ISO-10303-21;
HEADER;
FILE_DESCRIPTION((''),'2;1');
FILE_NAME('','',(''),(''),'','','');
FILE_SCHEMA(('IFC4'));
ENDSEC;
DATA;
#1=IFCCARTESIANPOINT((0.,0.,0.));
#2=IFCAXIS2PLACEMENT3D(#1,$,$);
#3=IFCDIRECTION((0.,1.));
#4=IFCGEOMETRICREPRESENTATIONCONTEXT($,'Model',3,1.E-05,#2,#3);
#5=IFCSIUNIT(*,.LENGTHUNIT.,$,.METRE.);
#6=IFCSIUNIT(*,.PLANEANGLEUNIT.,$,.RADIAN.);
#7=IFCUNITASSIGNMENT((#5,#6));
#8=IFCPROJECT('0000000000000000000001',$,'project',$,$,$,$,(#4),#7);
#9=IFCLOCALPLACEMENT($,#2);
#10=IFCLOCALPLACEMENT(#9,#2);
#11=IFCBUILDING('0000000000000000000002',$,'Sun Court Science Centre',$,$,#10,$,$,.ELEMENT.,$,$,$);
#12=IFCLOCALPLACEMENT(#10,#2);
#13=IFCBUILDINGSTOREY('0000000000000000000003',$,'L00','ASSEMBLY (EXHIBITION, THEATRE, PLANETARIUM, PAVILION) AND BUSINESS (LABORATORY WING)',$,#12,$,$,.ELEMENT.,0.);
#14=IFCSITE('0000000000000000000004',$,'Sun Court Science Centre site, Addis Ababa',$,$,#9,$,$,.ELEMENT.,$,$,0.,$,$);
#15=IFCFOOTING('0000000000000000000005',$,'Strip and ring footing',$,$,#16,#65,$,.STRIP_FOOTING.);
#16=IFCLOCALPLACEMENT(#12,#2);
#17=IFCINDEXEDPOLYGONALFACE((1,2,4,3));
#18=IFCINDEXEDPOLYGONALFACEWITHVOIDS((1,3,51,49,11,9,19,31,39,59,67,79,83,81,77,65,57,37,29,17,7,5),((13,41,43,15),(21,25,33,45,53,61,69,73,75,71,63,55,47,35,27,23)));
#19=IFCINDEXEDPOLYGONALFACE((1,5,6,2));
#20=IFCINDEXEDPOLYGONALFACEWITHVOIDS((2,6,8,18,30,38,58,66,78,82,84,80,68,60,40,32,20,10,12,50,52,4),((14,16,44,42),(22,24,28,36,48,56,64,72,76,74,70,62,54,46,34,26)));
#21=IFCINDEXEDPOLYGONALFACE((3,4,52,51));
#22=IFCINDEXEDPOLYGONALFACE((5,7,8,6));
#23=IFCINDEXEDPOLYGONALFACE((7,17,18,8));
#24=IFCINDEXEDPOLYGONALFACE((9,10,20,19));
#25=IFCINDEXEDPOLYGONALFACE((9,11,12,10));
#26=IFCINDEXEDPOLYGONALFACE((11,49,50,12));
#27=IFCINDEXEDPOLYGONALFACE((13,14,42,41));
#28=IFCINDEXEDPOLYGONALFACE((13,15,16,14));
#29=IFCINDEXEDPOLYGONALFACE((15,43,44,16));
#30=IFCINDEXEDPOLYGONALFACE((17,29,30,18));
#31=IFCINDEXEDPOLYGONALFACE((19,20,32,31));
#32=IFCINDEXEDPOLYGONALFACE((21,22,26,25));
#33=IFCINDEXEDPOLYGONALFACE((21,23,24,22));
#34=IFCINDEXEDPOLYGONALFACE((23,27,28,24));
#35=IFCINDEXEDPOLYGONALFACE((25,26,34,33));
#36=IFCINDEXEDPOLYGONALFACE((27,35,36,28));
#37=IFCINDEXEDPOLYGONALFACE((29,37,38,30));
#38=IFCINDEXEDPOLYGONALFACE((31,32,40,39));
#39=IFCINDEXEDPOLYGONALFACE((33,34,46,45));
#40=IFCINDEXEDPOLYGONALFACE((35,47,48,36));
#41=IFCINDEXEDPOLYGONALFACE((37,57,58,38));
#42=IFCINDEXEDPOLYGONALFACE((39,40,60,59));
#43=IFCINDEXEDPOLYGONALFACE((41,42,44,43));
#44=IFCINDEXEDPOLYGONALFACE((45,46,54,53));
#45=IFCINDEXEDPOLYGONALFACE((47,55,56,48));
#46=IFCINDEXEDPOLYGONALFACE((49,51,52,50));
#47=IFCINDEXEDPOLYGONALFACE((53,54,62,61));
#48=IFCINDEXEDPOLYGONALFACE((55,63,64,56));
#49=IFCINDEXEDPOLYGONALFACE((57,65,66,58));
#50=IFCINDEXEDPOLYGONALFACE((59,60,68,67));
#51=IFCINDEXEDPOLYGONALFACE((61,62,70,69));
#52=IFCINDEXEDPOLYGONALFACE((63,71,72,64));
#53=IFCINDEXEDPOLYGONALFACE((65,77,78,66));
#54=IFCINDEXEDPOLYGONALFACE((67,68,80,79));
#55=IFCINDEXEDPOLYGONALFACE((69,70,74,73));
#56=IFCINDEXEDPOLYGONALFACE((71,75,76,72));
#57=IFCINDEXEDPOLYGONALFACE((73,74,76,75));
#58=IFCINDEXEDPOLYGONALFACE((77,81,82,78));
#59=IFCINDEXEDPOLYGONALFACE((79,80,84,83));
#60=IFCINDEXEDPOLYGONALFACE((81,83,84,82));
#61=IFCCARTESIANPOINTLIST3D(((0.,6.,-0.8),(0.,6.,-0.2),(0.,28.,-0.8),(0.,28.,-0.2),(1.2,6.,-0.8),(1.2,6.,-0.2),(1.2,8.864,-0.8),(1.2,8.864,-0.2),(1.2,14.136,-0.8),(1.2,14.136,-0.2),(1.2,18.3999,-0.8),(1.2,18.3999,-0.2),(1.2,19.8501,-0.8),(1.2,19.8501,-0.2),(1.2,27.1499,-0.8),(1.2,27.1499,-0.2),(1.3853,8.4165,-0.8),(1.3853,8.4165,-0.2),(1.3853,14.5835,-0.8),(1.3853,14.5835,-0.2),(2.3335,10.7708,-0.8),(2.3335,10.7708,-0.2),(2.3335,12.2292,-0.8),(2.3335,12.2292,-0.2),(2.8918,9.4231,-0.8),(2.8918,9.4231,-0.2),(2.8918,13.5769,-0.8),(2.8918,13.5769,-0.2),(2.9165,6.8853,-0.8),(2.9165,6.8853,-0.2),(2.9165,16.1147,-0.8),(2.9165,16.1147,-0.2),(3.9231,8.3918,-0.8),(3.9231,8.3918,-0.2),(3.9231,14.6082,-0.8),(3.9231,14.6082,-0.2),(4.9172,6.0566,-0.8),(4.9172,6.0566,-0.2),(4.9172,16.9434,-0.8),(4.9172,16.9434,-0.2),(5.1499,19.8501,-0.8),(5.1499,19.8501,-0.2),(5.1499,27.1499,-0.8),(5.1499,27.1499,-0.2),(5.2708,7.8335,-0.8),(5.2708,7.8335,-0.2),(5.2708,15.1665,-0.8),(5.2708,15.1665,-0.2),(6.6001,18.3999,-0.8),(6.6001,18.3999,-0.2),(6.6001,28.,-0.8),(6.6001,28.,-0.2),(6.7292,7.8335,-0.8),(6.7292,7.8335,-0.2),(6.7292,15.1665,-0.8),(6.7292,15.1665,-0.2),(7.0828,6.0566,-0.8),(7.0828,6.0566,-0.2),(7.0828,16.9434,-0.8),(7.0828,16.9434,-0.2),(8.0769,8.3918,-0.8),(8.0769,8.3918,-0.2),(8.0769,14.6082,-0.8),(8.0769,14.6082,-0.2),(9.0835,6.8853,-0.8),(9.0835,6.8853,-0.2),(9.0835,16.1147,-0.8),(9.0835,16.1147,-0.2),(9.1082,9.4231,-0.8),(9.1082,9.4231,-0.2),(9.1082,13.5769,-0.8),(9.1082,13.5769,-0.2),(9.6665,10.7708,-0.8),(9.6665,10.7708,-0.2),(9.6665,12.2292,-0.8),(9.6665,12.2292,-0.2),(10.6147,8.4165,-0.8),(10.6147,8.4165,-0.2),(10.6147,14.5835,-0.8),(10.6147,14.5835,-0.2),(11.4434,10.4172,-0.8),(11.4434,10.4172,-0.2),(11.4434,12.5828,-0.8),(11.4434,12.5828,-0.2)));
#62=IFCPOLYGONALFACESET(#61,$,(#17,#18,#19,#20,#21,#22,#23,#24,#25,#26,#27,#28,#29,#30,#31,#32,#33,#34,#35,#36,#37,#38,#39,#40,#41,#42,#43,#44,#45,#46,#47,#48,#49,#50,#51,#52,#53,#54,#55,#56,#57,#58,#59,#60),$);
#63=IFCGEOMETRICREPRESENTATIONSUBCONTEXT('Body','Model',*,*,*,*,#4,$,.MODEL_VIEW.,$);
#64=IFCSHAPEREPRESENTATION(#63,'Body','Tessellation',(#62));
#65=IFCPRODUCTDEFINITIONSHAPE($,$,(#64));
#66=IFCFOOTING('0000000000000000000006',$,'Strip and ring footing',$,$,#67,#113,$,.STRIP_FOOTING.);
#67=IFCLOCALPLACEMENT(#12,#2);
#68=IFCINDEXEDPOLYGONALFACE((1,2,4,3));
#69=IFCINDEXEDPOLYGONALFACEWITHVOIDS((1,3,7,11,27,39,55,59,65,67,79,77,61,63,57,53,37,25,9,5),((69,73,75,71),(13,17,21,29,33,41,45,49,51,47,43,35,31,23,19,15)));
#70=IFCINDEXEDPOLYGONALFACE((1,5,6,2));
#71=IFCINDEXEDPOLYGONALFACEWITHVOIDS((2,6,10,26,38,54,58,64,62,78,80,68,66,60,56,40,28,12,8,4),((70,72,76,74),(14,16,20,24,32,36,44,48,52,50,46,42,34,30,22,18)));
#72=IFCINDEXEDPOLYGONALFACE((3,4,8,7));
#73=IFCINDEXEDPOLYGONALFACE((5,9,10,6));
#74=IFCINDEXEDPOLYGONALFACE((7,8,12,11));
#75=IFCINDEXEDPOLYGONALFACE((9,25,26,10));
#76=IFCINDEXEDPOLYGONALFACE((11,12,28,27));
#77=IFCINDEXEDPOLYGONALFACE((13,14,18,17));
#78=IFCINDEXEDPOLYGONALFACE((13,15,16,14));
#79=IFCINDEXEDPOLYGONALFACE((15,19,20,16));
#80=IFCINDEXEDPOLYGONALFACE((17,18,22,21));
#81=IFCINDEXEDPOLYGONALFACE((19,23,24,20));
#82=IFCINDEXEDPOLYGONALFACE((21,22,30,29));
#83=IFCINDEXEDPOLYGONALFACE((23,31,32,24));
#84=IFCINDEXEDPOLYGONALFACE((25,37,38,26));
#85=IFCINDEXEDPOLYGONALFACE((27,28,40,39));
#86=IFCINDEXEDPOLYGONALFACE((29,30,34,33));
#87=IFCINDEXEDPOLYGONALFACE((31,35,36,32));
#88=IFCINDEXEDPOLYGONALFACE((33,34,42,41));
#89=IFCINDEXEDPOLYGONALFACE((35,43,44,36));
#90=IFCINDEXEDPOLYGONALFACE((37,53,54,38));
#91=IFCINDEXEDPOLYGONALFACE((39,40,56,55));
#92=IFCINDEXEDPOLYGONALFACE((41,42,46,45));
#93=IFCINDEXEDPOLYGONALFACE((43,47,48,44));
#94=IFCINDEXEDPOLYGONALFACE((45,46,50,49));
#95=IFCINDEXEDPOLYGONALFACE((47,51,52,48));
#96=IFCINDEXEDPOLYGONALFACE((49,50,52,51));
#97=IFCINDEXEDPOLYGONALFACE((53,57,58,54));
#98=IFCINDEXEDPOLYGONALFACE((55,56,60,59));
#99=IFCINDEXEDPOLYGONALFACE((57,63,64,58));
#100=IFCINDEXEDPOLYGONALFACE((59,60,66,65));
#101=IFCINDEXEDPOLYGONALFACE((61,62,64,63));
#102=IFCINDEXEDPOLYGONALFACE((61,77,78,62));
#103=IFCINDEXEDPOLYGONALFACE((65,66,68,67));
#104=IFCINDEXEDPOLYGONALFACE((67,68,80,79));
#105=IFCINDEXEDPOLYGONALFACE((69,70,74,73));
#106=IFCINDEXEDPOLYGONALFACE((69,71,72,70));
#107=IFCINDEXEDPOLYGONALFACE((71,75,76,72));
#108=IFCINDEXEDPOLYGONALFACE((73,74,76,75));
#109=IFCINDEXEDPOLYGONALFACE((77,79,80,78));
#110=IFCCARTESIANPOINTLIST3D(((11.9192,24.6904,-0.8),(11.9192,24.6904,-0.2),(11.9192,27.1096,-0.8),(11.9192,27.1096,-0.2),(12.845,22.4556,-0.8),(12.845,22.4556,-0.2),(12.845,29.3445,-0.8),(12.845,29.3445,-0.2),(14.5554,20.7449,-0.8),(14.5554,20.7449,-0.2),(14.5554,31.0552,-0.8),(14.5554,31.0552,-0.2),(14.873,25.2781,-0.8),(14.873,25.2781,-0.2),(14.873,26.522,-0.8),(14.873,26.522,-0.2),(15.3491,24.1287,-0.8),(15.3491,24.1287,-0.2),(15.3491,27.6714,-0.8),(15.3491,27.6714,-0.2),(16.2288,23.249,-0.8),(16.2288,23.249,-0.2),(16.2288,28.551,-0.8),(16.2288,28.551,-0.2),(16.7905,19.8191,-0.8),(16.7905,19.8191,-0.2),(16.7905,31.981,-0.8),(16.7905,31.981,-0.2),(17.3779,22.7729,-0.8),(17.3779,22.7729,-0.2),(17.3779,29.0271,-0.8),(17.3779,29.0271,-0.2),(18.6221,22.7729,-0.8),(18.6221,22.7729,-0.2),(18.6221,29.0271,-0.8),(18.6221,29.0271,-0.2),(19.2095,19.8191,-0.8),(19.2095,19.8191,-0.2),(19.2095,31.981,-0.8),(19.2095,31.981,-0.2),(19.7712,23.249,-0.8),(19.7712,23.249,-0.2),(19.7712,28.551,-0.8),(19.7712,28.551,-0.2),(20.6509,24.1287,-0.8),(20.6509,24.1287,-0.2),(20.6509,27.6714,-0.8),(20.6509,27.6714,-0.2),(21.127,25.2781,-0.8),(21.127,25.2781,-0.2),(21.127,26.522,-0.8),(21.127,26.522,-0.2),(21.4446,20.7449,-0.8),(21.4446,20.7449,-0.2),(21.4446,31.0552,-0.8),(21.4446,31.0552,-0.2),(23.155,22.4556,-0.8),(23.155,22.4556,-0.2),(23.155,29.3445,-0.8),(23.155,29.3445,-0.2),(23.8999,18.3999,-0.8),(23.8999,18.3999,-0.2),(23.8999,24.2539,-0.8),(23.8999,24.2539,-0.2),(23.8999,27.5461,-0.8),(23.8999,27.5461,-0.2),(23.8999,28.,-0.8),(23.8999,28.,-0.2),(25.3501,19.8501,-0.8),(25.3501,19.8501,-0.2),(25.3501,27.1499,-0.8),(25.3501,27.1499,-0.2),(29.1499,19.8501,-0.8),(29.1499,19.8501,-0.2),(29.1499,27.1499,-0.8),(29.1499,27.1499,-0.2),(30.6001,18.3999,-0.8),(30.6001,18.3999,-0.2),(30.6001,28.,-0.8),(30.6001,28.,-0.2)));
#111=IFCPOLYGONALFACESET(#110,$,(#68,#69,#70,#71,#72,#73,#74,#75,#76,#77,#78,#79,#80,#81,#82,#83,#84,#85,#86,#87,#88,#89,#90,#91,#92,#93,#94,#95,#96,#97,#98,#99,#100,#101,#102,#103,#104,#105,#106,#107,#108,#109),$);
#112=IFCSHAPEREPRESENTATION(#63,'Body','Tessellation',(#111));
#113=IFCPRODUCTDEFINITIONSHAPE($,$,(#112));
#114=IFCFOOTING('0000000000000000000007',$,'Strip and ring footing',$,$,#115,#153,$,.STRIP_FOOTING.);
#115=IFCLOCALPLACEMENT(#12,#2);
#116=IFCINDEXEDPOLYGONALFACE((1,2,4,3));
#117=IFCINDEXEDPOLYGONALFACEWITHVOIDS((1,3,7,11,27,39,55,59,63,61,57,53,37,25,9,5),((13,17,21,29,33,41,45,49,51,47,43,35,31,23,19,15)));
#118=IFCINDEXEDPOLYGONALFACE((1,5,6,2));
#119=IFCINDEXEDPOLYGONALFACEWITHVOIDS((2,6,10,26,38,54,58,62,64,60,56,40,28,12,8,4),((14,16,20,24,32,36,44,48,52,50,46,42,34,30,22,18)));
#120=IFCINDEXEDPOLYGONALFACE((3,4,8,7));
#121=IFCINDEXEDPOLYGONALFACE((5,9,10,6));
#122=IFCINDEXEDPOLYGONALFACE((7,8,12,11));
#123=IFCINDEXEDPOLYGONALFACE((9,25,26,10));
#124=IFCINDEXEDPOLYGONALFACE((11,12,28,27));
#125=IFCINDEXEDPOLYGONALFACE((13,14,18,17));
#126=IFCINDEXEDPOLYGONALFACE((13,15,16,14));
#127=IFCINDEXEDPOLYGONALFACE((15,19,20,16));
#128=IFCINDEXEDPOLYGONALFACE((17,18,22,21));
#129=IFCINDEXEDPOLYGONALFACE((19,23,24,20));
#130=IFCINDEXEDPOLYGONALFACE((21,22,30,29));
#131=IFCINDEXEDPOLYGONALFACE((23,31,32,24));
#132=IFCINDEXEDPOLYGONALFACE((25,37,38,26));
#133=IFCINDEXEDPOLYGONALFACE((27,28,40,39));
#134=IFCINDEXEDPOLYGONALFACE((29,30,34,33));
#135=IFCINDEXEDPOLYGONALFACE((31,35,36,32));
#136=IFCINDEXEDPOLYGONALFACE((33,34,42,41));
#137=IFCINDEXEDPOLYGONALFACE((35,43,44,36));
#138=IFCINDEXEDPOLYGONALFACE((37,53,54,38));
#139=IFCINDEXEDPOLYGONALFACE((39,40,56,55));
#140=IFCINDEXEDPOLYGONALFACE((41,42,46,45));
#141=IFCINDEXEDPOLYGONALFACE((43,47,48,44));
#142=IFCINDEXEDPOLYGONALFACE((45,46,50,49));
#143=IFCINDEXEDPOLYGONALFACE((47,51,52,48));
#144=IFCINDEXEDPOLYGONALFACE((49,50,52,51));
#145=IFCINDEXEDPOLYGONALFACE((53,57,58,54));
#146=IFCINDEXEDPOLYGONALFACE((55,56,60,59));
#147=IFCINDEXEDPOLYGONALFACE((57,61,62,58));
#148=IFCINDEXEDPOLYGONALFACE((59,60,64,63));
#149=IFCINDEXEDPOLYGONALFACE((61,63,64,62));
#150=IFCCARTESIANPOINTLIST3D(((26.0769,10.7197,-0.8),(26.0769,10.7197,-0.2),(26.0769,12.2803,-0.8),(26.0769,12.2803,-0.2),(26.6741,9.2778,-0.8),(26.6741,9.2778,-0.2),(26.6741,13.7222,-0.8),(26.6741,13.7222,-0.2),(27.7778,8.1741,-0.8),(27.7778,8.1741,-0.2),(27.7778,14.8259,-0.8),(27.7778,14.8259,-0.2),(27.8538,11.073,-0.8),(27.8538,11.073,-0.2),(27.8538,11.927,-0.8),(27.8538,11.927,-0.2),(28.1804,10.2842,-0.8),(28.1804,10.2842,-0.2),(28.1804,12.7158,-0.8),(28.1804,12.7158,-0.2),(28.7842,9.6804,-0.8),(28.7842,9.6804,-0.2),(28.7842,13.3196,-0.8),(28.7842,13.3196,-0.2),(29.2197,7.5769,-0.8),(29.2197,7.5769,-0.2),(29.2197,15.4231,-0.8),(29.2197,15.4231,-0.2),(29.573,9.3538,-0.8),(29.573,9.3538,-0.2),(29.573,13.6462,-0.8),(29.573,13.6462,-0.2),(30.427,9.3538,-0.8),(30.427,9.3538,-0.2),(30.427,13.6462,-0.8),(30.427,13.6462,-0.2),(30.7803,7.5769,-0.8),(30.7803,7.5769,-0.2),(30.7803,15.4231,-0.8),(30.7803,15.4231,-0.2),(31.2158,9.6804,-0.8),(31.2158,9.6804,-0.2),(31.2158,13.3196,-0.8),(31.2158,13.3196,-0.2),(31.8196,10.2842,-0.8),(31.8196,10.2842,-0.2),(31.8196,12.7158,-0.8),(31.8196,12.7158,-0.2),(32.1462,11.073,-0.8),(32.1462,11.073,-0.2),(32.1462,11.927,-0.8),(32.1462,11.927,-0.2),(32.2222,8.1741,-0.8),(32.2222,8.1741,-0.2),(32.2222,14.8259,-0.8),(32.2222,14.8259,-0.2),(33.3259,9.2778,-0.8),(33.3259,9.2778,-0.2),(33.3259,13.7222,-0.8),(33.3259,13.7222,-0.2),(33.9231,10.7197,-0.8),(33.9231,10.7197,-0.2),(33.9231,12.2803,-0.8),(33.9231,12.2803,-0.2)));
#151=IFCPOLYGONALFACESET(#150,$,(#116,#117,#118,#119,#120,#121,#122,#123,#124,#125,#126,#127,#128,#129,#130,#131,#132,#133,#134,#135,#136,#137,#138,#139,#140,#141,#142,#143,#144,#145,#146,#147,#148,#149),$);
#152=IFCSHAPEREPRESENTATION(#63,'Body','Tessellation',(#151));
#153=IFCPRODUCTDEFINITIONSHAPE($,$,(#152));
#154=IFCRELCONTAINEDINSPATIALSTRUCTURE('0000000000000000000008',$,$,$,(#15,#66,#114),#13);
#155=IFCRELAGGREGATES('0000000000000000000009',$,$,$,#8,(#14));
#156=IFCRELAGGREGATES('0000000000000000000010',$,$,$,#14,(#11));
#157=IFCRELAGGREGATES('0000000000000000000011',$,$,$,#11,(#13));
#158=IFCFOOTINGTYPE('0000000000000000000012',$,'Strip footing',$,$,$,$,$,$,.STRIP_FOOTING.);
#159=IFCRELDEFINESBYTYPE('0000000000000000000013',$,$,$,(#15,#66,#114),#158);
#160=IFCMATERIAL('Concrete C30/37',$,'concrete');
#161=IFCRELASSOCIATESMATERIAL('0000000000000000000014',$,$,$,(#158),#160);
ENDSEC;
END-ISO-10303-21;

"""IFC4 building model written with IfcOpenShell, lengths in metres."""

from ifc_helpers import new_model, si_unit, direction, frame, origin, place, context, subcontext, project, spatial, polyline, outline, extrude, material, type_object, element, save


model = new_model("IFC4")

# Units and contexts
model_context = context("Model", 3, precision=1e-05, world=origin(), true_north=direction((0.0, 1.0)))
body_context = subcontext(model_context, "Body", "Model", "MODEL_VIEW")
ifc_project = project(units=[si_unit("LENGTHUNIT", "METRE"), si_unit("PLANEANGLEUNIT", "RADIAN")], contexts=[model_context])

# Site, building, storey
site_placement = place(None, origin())
site = spatial("IfcSite", under=ifc_project, at=site_placement, Name="Sun Court Science Centre site, Addis Ababa", CompositionType="ELEMENT", RefElevation=0.0)
building_placement = place(site_placement, origin())
building = spatial("IfcBuilding", under=site, at=building_placement, Name="Sun Court Science Centre", CompositionType="ELEMENT")
storey_placement = place(building_placement, origin())
storey = spatial("IfcBuildingStorey", under=building, at=storey_placement, Name="L00", Description="ASSEMBLY (EXHIBITION, THEATRE, PLANETARIUM, PAVILION) AND BUSINESS (LABORATORY WING)", CompositionType="ELEMENT", Elevation=0.0)

# Footings
ifc_material_1 = material(Name="Concrete C30/37", Category="concrete")
footing_type_1 = type_object("IfcFootingType", Name="Strip footing", PredefinedType="STRIP_FOOTING", material=ifc_material_1)
footing_1_placement = place(storey_placement, frame((0.0, 0.0, -0.8)))
element("IfcFooting", 1, at=footing_1_placement, inside=storey, type_object=footing_type_1, Name="Strip and ring footing", PredefinedType="STRIP_FOOTING", context=body_context, shape_type="SweptSolid", body=[
    extrude(outline(polyline([(2.9165, 6.8853), (4.9172, 6.0566), (7.0828, 6.0566), (9.0835, 6.8853), (10.6147, 8.4165), (11.4434, 10.4172), (11.4434, 12.5828), (10.6147, 14.5835), (9.0835, 16.1147), (7.0828, 16.9434), (4.9172, 16.9434), (2.9165, 16.1147), (1.3853, 14.5835), (1.2, 14.136), (1.2, 18.3999), (6.6001, 18.3999), (6.6001, 28.0), (0.0, 28.0), (0.0, 6.0), (1.2, 6.0), (1.2, 8.864), (1.3853, 8.4165), (2.9165, 6.8853)]), holes=[polyline([(2.8918, 13.5769), (3.9231, 14.6082), (5.2708, 15.1665), (6.7292, 15.1665), (8.0769, 14.6082), (9.1082, 13.5769), (9.6665, 12.2292), (9.6665, 10.7708), (9.1082, 9.4231), (8.0769, 8.3918), (6.7292, 7.8335), (5.2708, 7.8335), (3.9231, 8.3918), (2.8918, 9.4231), (2.3335, 10.7708), (2.3335, 12.2292), (2.8918, 13.5769)]), polyline([(1.2, 27.1499), (5.1499, 27.1499), (5.1499, 19.8501), (1.2, 19.8501), (1.2, 27.1499)])]), origin(), (0.0, 0.0, 1.0), 0.6001),
])
footing_2_placement = place(storey_placement, frame((0.0, 0.0, -0.8)))
element("IfcFooting", 2, at=footing_2_placement, inside=storey, type_object=footing_type_1, Name="Strip and ring footing", PredefinedType="STRIP_FOOTING", context=body_context, shape_type="SweptSolid", body=[
    extrude(outline(polyline([(16.7905, 19.8191), (19.2095, 19.8191), (21.4446, 20.7449), (23.155, 22.4556), (23.8999, 24.2539), (23.8999, 18.3999), (30.6001, 18.3999), (30.6001, 28.0), (23.8999, 28.0), (23.8999, 27.5461), (23.155, 29.3445), (21.4446, 31.0552), (19.2095, 31.981), (16.7905, 31.981), (14.5554, 31.0552), (12.845, 29.3445), (11.9192, 27.1096), (11.9192, 24.6904), (12.845, 22.4556), (14.5554, 20.7449), (16.7905, 19.8191)]), holes=[polyline([(25.3501, 19.8501), (25.3501, 27.1499), (29.1499, 27.1499), (29.1499, 19.8501), (25.3501, 19.8501)]), polyline([(14.873, 26.522), (15.3491, 27.6714), (16.2288, 28.551), (17.3779, 29.0271), (18.6221, 29.0271), (19.7712, 28.551), (20.6509, 27.6714), (21.127, 26.522), (21.127, 25.2781), (20.6509, 24.1287), (19.7712, 23.249), (18.6221, 22.7729), (17.3779, 22.7729), (16.2288, 23.249), (15.3491, 24.1287), (14.873, 25.2781), (14.873, 26.522)])]), origin(), (0.0, 0.0, 1.0), 0.6001),
])
footing_3_placement = place(storey_placement, frame((0.0, 0.0, -0.8)))
element("IfcFooting", 3, at=footing_3_placement, inside=storey, type_object=footing_type_1, Name="Strip and ring footing", PredefinedType="STRIP_FOOTING", context=body_context, shape_type="SweptSolid", body=[
    extrude(outline(polyline([(27.7778, 8.1741), (29.2197, 7.5769), (30.7803, 7.5769), (32.2222, 8.1741), (33.3259, 9.2778), (33.9231, 10.7197), (33.9231, 12.2803), (33.3259, 13.7222), (32.2222, 14.8259), (30.7803, 15.4231), (29.2197, 15.4231), (27.7778, 14.8259), (26.6741, 13.7222), (26.0769, 12.2803), (26.0769, 10.7197), (26.6741, 9.2778), (27.7778, 8.1741)]), holes=[polyline([(28.1804, 12.7158), (28.7842, 13.3196), (29.573, 13.6462), (30.427, 13.6462), (31.2158, 13.3196), (31.8196, 12.7158), (32.1462, 11.927), (32.1462, 11.073), (31.8196, 10.2842), (31.2158, 9.6804), (30.427, 9.3538), (29.573, 9.3538), (28.7842, 9.6804), (28.1804, 10.2842), (27.8538, 11.073), (27.8538, 11.927), (28.1804, 12.7158)])]), origin(), (0.0, 0.0, 1.0), 0.6001),
])

save(model, "model.ifc")
